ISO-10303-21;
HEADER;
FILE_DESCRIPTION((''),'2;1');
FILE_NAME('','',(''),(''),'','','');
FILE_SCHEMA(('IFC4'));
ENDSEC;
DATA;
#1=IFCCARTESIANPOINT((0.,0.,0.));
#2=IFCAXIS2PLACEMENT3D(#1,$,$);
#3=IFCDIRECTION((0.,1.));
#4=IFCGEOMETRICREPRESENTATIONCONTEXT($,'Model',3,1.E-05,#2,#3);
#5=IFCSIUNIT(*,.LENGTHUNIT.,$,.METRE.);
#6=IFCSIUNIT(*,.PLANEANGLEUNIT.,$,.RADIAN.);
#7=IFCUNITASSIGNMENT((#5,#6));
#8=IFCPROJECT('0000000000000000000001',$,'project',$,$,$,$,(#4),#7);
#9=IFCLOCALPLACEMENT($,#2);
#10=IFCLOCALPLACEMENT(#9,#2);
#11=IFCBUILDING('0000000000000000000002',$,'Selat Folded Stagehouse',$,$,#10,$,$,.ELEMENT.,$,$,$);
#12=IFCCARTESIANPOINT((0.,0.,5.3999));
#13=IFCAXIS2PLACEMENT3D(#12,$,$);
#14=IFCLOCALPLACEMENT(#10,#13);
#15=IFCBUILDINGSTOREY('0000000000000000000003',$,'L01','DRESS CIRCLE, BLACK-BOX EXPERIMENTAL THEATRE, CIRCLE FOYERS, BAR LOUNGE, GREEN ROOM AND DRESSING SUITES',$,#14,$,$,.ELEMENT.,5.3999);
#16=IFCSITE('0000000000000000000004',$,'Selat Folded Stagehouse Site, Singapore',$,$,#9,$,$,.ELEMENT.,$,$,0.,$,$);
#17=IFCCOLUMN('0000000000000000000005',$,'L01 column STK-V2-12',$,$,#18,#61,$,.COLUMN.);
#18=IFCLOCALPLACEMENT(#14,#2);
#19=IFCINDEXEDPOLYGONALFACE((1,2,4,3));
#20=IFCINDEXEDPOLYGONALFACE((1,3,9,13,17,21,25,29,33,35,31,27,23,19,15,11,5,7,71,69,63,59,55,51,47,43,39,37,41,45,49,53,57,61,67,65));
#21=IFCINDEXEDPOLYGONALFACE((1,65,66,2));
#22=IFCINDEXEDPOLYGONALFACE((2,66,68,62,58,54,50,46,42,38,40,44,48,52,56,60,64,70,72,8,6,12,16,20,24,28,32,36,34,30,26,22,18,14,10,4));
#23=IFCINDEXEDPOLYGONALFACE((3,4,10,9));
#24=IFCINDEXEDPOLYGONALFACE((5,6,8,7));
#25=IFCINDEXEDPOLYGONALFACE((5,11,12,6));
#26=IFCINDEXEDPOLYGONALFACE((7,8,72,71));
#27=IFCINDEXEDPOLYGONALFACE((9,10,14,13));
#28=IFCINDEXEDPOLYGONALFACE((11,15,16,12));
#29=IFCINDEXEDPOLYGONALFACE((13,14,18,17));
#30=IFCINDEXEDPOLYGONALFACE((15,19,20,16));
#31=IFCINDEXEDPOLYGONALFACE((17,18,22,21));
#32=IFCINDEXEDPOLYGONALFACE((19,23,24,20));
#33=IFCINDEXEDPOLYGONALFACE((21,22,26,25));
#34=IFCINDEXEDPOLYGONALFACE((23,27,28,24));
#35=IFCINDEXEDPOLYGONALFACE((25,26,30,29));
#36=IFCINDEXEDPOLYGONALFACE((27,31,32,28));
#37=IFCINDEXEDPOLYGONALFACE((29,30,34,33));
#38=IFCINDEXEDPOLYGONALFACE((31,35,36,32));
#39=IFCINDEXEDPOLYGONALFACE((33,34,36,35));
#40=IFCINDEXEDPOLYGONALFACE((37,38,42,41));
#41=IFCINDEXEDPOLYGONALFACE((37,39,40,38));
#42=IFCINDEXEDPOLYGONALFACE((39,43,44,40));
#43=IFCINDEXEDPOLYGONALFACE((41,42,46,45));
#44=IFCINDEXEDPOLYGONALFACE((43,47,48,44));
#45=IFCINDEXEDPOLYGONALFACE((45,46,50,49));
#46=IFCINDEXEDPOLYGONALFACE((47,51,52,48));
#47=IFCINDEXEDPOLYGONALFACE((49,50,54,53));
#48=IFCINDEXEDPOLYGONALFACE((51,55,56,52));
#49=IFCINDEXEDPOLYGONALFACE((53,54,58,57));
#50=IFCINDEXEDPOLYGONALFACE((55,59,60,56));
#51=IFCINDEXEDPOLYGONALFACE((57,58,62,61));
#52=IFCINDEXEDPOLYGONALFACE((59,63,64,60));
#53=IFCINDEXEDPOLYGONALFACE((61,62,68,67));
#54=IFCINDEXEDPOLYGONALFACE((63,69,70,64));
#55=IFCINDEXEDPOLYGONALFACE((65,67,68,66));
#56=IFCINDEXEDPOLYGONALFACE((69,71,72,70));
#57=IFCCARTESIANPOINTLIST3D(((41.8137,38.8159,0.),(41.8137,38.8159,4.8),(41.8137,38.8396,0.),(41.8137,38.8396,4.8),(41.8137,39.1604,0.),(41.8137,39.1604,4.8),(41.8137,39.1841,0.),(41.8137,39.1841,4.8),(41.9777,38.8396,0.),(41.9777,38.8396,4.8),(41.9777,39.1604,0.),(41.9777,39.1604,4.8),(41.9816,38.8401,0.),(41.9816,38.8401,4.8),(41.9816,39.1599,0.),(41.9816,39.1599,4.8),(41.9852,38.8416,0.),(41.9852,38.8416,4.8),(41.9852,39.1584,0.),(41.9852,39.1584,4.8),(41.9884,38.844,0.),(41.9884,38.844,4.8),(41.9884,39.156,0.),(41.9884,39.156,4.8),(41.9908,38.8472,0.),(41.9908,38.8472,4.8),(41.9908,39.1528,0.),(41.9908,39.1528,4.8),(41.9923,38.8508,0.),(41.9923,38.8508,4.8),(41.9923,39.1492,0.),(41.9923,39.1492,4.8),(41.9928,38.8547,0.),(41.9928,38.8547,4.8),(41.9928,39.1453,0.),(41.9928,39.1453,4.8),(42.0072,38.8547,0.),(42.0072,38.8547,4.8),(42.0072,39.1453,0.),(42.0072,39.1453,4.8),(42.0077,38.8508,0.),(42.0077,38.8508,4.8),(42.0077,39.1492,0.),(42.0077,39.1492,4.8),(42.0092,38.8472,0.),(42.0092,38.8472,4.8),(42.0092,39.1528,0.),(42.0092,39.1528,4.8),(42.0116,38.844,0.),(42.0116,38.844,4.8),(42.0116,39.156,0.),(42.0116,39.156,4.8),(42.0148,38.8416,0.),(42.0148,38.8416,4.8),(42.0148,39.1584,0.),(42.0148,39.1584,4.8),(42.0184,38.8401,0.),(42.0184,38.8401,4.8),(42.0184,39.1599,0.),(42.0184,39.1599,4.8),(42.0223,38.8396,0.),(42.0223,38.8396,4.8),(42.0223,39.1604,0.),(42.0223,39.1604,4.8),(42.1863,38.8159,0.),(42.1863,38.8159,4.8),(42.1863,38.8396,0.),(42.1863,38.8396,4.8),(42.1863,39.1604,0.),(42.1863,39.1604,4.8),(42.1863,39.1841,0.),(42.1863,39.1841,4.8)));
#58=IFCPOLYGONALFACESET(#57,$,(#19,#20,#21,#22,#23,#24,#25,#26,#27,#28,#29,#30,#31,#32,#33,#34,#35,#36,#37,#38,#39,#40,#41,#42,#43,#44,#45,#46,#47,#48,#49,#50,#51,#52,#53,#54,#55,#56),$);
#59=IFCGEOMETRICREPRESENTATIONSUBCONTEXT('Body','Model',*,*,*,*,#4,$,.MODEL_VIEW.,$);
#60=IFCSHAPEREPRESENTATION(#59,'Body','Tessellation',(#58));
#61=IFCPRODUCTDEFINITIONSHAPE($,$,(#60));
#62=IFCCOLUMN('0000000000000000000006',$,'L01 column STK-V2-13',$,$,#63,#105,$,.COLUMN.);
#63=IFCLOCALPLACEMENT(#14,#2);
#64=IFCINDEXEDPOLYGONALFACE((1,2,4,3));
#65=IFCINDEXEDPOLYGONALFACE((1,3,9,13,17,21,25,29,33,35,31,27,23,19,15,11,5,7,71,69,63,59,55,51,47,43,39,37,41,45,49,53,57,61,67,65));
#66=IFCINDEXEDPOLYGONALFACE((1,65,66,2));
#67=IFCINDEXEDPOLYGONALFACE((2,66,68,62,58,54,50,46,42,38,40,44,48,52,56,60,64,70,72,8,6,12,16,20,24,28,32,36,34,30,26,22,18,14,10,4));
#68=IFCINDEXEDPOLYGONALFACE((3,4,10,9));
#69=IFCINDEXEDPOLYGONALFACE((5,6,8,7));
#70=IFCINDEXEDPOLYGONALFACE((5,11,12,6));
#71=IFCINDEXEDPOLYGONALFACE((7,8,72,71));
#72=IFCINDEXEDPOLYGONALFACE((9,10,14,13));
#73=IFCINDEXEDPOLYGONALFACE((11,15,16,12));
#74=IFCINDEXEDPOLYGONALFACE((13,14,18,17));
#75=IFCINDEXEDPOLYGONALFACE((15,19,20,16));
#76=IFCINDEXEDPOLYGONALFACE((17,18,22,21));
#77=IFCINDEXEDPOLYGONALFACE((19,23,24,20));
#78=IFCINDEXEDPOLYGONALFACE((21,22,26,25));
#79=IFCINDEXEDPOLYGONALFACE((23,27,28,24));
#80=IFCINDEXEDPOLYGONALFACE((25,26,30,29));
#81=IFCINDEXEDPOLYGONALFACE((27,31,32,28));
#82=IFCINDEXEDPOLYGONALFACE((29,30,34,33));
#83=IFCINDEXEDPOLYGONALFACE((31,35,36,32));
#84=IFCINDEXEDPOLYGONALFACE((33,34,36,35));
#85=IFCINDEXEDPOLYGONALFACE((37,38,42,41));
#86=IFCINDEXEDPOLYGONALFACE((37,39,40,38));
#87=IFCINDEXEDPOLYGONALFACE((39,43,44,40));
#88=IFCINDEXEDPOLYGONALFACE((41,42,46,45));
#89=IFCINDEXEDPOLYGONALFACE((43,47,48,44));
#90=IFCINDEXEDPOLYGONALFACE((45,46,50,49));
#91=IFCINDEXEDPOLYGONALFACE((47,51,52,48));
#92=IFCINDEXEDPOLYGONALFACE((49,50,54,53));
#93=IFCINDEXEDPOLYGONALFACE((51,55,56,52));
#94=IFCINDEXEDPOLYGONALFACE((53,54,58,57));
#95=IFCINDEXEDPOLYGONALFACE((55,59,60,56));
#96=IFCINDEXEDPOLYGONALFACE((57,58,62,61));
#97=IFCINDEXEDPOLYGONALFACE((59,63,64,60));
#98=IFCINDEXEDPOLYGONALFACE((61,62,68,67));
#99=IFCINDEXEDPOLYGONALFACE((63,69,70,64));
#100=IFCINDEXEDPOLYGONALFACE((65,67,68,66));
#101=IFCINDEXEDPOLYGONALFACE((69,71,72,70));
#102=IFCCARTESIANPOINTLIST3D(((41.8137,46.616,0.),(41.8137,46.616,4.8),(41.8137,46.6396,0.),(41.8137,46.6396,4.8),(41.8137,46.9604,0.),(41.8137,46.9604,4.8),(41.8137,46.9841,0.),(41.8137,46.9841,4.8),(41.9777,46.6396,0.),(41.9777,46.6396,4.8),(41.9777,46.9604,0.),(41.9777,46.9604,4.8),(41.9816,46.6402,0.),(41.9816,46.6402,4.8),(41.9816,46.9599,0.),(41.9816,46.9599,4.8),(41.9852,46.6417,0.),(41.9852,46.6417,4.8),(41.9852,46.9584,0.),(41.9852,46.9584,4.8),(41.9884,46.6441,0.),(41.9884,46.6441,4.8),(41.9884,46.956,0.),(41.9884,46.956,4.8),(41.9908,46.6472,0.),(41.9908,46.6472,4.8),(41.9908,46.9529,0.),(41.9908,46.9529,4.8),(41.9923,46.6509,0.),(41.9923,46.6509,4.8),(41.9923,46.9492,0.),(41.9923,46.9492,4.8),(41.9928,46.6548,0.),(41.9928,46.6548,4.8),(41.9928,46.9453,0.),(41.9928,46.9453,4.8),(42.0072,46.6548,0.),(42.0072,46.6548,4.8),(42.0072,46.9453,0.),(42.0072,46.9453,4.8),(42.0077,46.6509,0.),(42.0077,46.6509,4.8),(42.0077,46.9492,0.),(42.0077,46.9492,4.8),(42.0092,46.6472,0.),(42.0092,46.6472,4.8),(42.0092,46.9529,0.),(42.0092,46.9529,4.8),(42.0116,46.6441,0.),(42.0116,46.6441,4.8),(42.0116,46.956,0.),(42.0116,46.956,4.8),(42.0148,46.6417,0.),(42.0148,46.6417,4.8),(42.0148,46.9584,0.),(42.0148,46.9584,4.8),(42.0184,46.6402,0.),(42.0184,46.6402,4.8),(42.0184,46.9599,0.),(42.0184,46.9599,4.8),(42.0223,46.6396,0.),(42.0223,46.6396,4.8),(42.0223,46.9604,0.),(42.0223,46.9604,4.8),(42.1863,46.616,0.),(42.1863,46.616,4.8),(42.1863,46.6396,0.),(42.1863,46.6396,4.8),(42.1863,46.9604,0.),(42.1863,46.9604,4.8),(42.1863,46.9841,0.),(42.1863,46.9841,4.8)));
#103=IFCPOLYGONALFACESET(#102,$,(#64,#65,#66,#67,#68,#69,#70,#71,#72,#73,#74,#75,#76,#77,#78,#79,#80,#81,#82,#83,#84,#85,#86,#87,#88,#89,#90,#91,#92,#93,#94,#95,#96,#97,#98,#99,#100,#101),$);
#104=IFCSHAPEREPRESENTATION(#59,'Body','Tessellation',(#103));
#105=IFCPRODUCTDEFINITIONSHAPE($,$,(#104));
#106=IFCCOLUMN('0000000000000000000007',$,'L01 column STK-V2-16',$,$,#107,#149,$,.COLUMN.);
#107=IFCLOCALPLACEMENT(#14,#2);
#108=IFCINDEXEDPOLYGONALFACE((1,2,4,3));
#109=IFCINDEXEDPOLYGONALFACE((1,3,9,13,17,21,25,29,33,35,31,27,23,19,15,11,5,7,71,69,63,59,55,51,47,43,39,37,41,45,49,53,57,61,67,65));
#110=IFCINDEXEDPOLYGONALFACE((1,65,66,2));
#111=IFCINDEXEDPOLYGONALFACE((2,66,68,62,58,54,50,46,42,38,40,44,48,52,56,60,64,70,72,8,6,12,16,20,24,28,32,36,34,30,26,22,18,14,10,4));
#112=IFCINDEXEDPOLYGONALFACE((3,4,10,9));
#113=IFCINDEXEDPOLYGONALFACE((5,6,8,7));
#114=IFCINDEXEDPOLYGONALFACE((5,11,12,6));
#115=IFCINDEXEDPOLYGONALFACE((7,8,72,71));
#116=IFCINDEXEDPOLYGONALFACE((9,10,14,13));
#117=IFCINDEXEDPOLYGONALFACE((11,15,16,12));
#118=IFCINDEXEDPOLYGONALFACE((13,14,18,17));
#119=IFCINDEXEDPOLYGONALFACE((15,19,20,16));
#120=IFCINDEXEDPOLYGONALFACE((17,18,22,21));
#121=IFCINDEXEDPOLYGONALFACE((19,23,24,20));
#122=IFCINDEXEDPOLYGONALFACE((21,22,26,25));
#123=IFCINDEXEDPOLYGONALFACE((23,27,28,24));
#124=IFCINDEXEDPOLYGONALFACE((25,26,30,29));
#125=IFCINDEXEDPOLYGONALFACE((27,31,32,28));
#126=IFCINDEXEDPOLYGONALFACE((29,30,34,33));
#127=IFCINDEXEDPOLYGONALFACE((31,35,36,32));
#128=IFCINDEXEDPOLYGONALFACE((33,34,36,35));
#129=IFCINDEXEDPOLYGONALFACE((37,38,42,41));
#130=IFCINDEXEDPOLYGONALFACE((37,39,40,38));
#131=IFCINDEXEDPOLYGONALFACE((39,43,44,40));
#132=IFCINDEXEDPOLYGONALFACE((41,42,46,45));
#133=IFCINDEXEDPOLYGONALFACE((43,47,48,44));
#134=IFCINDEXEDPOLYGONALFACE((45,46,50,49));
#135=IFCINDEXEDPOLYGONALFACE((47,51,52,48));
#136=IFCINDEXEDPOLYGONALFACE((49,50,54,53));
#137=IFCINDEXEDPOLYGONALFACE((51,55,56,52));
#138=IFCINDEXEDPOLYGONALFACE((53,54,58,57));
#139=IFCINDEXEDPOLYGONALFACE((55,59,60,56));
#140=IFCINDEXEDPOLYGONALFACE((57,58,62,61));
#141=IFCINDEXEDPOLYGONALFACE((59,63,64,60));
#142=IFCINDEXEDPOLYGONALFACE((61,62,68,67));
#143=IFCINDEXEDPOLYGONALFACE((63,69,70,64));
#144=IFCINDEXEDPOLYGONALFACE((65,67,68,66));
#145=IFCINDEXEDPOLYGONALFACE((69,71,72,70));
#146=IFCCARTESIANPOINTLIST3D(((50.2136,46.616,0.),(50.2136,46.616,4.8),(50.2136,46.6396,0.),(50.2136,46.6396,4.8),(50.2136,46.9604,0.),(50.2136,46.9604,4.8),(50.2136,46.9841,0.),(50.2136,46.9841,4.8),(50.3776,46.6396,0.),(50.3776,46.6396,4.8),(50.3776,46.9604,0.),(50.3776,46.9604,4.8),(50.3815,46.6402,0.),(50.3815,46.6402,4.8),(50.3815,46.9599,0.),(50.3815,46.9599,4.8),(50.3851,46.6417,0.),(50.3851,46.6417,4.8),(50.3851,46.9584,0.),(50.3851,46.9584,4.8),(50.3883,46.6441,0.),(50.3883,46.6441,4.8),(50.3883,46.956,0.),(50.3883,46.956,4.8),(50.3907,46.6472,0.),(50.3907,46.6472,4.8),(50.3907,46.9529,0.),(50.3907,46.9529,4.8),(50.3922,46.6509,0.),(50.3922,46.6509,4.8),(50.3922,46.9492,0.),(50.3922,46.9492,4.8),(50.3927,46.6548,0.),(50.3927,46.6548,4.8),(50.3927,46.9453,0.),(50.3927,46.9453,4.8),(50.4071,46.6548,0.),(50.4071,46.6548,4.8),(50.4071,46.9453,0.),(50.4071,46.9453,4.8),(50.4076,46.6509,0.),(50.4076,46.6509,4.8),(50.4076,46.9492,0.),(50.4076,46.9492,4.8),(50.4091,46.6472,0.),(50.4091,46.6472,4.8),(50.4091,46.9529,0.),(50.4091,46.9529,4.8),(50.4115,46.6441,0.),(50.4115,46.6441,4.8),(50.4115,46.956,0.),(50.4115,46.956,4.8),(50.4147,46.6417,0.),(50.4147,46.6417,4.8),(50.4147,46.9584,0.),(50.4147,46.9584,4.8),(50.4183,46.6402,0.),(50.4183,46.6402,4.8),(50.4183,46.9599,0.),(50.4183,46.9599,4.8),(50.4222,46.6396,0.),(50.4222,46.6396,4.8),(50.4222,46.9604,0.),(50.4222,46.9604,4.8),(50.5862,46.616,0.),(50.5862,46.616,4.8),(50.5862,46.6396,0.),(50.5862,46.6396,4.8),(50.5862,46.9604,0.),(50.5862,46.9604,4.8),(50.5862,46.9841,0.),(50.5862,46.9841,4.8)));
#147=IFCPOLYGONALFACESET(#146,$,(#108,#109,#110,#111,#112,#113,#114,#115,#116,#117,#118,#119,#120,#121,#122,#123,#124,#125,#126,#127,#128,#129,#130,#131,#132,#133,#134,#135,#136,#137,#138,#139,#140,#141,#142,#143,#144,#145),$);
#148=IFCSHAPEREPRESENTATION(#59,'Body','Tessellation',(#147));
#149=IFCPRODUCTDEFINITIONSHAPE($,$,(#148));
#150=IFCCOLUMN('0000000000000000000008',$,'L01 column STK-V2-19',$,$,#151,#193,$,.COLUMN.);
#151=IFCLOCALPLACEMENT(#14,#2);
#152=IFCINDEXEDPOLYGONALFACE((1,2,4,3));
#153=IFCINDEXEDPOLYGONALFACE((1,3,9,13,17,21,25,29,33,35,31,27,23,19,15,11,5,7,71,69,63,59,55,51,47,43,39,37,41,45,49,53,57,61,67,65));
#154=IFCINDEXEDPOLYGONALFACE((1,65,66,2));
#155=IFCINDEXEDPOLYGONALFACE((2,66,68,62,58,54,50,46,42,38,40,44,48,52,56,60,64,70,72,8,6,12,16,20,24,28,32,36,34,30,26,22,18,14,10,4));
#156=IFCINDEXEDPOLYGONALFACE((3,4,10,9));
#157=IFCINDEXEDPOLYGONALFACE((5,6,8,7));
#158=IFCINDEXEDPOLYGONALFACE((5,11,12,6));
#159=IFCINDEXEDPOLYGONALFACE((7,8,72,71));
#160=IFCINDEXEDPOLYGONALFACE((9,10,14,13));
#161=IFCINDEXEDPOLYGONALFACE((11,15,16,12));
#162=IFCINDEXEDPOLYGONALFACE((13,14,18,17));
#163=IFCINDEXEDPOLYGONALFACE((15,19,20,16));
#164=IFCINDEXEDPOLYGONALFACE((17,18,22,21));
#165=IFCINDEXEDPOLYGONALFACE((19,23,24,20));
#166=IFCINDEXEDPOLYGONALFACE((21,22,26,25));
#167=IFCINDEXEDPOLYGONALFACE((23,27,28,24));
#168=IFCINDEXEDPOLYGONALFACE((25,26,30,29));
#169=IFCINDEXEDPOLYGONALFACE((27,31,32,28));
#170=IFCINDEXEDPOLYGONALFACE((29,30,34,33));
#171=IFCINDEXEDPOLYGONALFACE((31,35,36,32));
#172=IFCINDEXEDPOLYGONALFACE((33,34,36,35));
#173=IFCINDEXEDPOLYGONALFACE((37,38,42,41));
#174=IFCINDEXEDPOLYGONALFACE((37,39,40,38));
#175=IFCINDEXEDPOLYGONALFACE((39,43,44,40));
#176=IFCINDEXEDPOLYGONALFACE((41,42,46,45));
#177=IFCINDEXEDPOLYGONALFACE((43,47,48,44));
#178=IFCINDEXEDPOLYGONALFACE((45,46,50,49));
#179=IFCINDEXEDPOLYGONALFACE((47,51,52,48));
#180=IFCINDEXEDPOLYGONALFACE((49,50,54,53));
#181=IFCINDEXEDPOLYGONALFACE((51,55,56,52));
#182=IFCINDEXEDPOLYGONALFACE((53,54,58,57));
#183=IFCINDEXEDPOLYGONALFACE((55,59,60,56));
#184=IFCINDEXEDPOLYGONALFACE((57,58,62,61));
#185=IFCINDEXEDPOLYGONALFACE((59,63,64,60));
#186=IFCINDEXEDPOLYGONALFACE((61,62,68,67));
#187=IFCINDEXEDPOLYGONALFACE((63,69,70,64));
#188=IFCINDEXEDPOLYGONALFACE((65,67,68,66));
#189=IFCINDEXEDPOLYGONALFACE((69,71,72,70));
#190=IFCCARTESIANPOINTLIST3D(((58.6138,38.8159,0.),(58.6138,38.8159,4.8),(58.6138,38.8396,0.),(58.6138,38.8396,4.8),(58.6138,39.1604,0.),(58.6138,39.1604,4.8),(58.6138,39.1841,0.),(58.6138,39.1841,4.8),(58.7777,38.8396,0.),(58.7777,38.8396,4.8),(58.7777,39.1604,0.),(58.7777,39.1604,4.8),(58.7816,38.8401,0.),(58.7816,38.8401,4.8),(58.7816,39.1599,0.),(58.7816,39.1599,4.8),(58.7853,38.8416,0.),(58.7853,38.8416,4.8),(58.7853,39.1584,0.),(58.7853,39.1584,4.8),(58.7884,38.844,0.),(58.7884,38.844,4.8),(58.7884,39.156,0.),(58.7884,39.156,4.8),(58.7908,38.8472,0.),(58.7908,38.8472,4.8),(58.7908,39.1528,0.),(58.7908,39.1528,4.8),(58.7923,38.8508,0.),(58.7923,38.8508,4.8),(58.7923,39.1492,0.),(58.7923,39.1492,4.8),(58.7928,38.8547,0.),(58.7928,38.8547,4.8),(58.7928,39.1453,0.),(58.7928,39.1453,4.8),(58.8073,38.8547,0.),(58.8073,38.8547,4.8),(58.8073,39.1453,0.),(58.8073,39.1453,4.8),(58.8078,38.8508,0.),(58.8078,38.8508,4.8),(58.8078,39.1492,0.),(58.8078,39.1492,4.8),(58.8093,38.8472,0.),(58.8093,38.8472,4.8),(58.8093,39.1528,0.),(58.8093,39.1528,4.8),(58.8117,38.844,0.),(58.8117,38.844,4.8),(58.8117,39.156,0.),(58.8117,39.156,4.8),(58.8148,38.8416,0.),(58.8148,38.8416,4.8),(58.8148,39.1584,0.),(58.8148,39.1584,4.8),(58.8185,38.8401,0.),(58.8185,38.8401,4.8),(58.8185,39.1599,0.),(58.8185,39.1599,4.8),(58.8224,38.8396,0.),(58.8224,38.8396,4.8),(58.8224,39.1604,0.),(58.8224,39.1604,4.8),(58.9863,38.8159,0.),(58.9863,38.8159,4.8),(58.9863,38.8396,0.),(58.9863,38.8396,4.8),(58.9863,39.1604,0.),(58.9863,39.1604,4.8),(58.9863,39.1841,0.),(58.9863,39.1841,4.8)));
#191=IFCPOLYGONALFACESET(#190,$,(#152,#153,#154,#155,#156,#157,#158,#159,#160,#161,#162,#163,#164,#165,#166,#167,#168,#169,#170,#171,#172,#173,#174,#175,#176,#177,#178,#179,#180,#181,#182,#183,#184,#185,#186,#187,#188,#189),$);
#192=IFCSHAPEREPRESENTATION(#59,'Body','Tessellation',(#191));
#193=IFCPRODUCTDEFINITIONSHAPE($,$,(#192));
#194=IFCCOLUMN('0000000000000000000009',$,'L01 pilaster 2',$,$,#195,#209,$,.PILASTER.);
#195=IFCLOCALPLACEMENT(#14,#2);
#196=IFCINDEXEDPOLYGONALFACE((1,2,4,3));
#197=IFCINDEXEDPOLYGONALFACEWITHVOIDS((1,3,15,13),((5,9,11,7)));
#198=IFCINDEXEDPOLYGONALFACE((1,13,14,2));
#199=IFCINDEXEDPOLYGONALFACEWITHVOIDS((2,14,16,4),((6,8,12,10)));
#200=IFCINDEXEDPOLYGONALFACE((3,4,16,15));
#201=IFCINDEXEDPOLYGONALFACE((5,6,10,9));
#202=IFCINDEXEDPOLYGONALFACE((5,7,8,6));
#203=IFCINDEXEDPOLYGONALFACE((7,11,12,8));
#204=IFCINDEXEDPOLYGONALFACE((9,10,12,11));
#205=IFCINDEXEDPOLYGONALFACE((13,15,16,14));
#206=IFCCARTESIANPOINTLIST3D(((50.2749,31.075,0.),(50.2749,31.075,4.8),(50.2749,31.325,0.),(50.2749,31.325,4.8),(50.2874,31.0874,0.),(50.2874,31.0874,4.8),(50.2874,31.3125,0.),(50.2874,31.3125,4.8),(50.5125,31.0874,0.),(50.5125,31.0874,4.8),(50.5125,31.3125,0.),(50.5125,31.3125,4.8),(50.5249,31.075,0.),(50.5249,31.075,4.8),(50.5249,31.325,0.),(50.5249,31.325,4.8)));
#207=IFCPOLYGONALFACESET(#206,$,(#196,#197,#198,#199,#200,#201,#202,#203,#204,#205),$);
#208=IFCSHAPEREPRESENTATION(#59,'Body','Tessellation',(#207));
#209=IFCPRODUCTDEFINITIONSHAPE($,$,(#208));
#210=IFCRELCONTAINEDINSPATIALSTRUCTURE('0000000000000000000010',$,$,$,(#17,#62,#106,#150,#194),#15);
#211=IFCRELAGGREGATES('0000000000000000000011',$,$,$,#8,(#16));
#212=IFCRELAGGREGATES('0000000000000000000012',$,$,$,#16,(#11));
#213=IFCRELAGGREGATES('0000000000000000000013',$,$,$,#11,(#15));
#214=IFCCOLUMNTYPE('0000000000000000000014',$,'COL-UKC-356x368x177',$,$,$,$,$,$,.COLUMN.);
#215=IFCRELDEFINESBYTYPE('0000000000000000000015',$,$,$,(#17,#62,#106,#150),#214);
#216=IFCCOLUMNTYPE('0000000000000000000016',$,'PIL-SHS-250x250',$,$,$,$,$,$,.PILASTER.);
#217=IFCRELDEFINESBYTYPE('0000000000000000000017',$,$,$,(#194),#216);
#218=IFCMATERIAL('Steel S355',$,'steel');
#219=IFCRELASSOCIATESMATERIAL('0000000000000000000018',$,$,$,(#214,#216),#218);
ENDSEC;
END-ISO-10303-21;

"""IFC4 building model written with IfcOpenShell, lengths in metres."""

from ifc_helpers import new_model, si_unit, direction, frame, origin, origin_2d, place, context, subcontext, project, spatial, hollow_rectangle, i_section, extrude, material, material_profile, profile_set, type_object, element, save


model = new_model("IFC4")

# Units and contexts
model_context = context("Model", 3, precision=1e-05, world=origin(), true_north=direction((0.0, 1.0)))
body_context = subcontext(model_context, "Body", "Model", "MODEL_VIEW")
ifc_project = project(units=[si_unit("LENGTHUNIT", "METRE"), si_unit("PLANEANGLEUNIT", "RADIAN")], contexts=[model_context])

# Site, building, storey
site_placement = place(None, origin())
site = spatial("IfcSite", under=ifc_project, at=site_placement, Name="Selat Folded Stagehouse Site, Singapore", CompositionType="ELEMENT", RefElevation=0.0)
building_placement = place(site_placement, origin())
building = spatial("IfcBuilding", under=site, at=building_placement, Name="Selat Folded Stagehouse", CompositionType="ELEMENT")
storey_placement = place(building_placement, frame((0.0, 0.0, 5.3999)))
storey = spatial("IfcBuildingStorey", under=building, at=storey_placement, Name="L01", Description="DRESS CIRCLE, BLACK-BOX EXPERIMENTAL THEATRE, CIRCLE FOYERS, BAR LOUNGE, GREEN ROOM AND DRESSING SUITES", CompositionType="ELEMENT", Elevation=5.3999)

# Columns
ifc_material_1 = material(Name="Steel S355", Category="steel")
ifc_material_profile_1 = material_profile(ifc_material_1, i_section(OverallWidth=0.3726, OverallDepth=0.3682, WebThickness=0.0144, FlangeThickness=0.0237, FilletRadius=0.0151, at=origin_2d()), Name="UKC 356x368x177")
ifc_profile_set_1 = profile_set([ifc_material_profile_1], Name="Steel S355")
column_type_1 = type_object("IfcColumnType", Name="COL-UKC-356x368x177", PredefinedType="COLUMN", material=ifc_profile_set_1)
for number, where, z_axis, x_axis, name in (
    (1, (42.0, 39.0, 0.0), (0.0, 0.0, 1.0), (1.0, 0.0, 0.0), "L01 column STK-V2-12"),
    (2, (42.0, 46.8, 0.0), (0.0, 0.0, 1.0), (1.0, 0.0, 0.0), "L01 column STK-V2-13"),
    (3, (50.3999, 46.8, 0.0), (0.0, 0.0, 1.0), (1.0, 0.0, 0.0), "L01 column STK-V2-16"),
    (4, (58.8, 39.0, 0.0), (0.0, 0.0, 1.0), (1.0, 0.0, 0.0), "L01 column STK-V2-19"),
):
    element("IfcColumn", number, at=place(storey_placement, frame(where, z_axis=z_axis, x_axis=x_axis)), inside=storey, type_object=column_type_1, Name=name, PredefinedType="COLUMN", context=body_context, shape_type="SweptSolid", body=[
        extrude(i_section(OverallWidth=0.3726, OverallDepth=0.3682, WebThickness=0.0144, FlangeThickness=0.0237, FilletRadius=0.0151, at=origin_2d()), origin(), (0.0, 0.0, 1.0), 4.8),
    ])
ifc_material_profile_2 = material_profile(ifc_material_1, hollow_rectangle(XDim=0.25, YDim=0.25, WallThickness=0.0125, at=origin_2d()), Name="SHS 250x250x12.5")
ifc_profile_set_2 = profile_set([ifc_material_profile_2], Name="Steel S355")
column_type_2 = type_object("IfcColumnType", Name="PIL-SHS-250x250", PredefinedType="PILASTER", material=ifc_profile_set_2)
column_placement = place(storey_placement, frame((50.3999, 31.2, 0.0), z_axis=(0.0, 0.0, 1.0), x_axis=(1.0, 0.0, 0.0)))
element("IfcColumn", 5, at=column_placement, inside=storey, type_object=column_type_2, Name="L01 pilaster 2", PredefinedType="PILASTER", context=body_context, shape_type="SweptSolid", body=[
    extrude(hollow_rectangle(XDim=0.25, YDim=0.25, WallThickness=0.0125, at=origin_2d()), origin(), (0.0, 0.0, 1.0), 4.8),
])

save(model, "model.ifc")
